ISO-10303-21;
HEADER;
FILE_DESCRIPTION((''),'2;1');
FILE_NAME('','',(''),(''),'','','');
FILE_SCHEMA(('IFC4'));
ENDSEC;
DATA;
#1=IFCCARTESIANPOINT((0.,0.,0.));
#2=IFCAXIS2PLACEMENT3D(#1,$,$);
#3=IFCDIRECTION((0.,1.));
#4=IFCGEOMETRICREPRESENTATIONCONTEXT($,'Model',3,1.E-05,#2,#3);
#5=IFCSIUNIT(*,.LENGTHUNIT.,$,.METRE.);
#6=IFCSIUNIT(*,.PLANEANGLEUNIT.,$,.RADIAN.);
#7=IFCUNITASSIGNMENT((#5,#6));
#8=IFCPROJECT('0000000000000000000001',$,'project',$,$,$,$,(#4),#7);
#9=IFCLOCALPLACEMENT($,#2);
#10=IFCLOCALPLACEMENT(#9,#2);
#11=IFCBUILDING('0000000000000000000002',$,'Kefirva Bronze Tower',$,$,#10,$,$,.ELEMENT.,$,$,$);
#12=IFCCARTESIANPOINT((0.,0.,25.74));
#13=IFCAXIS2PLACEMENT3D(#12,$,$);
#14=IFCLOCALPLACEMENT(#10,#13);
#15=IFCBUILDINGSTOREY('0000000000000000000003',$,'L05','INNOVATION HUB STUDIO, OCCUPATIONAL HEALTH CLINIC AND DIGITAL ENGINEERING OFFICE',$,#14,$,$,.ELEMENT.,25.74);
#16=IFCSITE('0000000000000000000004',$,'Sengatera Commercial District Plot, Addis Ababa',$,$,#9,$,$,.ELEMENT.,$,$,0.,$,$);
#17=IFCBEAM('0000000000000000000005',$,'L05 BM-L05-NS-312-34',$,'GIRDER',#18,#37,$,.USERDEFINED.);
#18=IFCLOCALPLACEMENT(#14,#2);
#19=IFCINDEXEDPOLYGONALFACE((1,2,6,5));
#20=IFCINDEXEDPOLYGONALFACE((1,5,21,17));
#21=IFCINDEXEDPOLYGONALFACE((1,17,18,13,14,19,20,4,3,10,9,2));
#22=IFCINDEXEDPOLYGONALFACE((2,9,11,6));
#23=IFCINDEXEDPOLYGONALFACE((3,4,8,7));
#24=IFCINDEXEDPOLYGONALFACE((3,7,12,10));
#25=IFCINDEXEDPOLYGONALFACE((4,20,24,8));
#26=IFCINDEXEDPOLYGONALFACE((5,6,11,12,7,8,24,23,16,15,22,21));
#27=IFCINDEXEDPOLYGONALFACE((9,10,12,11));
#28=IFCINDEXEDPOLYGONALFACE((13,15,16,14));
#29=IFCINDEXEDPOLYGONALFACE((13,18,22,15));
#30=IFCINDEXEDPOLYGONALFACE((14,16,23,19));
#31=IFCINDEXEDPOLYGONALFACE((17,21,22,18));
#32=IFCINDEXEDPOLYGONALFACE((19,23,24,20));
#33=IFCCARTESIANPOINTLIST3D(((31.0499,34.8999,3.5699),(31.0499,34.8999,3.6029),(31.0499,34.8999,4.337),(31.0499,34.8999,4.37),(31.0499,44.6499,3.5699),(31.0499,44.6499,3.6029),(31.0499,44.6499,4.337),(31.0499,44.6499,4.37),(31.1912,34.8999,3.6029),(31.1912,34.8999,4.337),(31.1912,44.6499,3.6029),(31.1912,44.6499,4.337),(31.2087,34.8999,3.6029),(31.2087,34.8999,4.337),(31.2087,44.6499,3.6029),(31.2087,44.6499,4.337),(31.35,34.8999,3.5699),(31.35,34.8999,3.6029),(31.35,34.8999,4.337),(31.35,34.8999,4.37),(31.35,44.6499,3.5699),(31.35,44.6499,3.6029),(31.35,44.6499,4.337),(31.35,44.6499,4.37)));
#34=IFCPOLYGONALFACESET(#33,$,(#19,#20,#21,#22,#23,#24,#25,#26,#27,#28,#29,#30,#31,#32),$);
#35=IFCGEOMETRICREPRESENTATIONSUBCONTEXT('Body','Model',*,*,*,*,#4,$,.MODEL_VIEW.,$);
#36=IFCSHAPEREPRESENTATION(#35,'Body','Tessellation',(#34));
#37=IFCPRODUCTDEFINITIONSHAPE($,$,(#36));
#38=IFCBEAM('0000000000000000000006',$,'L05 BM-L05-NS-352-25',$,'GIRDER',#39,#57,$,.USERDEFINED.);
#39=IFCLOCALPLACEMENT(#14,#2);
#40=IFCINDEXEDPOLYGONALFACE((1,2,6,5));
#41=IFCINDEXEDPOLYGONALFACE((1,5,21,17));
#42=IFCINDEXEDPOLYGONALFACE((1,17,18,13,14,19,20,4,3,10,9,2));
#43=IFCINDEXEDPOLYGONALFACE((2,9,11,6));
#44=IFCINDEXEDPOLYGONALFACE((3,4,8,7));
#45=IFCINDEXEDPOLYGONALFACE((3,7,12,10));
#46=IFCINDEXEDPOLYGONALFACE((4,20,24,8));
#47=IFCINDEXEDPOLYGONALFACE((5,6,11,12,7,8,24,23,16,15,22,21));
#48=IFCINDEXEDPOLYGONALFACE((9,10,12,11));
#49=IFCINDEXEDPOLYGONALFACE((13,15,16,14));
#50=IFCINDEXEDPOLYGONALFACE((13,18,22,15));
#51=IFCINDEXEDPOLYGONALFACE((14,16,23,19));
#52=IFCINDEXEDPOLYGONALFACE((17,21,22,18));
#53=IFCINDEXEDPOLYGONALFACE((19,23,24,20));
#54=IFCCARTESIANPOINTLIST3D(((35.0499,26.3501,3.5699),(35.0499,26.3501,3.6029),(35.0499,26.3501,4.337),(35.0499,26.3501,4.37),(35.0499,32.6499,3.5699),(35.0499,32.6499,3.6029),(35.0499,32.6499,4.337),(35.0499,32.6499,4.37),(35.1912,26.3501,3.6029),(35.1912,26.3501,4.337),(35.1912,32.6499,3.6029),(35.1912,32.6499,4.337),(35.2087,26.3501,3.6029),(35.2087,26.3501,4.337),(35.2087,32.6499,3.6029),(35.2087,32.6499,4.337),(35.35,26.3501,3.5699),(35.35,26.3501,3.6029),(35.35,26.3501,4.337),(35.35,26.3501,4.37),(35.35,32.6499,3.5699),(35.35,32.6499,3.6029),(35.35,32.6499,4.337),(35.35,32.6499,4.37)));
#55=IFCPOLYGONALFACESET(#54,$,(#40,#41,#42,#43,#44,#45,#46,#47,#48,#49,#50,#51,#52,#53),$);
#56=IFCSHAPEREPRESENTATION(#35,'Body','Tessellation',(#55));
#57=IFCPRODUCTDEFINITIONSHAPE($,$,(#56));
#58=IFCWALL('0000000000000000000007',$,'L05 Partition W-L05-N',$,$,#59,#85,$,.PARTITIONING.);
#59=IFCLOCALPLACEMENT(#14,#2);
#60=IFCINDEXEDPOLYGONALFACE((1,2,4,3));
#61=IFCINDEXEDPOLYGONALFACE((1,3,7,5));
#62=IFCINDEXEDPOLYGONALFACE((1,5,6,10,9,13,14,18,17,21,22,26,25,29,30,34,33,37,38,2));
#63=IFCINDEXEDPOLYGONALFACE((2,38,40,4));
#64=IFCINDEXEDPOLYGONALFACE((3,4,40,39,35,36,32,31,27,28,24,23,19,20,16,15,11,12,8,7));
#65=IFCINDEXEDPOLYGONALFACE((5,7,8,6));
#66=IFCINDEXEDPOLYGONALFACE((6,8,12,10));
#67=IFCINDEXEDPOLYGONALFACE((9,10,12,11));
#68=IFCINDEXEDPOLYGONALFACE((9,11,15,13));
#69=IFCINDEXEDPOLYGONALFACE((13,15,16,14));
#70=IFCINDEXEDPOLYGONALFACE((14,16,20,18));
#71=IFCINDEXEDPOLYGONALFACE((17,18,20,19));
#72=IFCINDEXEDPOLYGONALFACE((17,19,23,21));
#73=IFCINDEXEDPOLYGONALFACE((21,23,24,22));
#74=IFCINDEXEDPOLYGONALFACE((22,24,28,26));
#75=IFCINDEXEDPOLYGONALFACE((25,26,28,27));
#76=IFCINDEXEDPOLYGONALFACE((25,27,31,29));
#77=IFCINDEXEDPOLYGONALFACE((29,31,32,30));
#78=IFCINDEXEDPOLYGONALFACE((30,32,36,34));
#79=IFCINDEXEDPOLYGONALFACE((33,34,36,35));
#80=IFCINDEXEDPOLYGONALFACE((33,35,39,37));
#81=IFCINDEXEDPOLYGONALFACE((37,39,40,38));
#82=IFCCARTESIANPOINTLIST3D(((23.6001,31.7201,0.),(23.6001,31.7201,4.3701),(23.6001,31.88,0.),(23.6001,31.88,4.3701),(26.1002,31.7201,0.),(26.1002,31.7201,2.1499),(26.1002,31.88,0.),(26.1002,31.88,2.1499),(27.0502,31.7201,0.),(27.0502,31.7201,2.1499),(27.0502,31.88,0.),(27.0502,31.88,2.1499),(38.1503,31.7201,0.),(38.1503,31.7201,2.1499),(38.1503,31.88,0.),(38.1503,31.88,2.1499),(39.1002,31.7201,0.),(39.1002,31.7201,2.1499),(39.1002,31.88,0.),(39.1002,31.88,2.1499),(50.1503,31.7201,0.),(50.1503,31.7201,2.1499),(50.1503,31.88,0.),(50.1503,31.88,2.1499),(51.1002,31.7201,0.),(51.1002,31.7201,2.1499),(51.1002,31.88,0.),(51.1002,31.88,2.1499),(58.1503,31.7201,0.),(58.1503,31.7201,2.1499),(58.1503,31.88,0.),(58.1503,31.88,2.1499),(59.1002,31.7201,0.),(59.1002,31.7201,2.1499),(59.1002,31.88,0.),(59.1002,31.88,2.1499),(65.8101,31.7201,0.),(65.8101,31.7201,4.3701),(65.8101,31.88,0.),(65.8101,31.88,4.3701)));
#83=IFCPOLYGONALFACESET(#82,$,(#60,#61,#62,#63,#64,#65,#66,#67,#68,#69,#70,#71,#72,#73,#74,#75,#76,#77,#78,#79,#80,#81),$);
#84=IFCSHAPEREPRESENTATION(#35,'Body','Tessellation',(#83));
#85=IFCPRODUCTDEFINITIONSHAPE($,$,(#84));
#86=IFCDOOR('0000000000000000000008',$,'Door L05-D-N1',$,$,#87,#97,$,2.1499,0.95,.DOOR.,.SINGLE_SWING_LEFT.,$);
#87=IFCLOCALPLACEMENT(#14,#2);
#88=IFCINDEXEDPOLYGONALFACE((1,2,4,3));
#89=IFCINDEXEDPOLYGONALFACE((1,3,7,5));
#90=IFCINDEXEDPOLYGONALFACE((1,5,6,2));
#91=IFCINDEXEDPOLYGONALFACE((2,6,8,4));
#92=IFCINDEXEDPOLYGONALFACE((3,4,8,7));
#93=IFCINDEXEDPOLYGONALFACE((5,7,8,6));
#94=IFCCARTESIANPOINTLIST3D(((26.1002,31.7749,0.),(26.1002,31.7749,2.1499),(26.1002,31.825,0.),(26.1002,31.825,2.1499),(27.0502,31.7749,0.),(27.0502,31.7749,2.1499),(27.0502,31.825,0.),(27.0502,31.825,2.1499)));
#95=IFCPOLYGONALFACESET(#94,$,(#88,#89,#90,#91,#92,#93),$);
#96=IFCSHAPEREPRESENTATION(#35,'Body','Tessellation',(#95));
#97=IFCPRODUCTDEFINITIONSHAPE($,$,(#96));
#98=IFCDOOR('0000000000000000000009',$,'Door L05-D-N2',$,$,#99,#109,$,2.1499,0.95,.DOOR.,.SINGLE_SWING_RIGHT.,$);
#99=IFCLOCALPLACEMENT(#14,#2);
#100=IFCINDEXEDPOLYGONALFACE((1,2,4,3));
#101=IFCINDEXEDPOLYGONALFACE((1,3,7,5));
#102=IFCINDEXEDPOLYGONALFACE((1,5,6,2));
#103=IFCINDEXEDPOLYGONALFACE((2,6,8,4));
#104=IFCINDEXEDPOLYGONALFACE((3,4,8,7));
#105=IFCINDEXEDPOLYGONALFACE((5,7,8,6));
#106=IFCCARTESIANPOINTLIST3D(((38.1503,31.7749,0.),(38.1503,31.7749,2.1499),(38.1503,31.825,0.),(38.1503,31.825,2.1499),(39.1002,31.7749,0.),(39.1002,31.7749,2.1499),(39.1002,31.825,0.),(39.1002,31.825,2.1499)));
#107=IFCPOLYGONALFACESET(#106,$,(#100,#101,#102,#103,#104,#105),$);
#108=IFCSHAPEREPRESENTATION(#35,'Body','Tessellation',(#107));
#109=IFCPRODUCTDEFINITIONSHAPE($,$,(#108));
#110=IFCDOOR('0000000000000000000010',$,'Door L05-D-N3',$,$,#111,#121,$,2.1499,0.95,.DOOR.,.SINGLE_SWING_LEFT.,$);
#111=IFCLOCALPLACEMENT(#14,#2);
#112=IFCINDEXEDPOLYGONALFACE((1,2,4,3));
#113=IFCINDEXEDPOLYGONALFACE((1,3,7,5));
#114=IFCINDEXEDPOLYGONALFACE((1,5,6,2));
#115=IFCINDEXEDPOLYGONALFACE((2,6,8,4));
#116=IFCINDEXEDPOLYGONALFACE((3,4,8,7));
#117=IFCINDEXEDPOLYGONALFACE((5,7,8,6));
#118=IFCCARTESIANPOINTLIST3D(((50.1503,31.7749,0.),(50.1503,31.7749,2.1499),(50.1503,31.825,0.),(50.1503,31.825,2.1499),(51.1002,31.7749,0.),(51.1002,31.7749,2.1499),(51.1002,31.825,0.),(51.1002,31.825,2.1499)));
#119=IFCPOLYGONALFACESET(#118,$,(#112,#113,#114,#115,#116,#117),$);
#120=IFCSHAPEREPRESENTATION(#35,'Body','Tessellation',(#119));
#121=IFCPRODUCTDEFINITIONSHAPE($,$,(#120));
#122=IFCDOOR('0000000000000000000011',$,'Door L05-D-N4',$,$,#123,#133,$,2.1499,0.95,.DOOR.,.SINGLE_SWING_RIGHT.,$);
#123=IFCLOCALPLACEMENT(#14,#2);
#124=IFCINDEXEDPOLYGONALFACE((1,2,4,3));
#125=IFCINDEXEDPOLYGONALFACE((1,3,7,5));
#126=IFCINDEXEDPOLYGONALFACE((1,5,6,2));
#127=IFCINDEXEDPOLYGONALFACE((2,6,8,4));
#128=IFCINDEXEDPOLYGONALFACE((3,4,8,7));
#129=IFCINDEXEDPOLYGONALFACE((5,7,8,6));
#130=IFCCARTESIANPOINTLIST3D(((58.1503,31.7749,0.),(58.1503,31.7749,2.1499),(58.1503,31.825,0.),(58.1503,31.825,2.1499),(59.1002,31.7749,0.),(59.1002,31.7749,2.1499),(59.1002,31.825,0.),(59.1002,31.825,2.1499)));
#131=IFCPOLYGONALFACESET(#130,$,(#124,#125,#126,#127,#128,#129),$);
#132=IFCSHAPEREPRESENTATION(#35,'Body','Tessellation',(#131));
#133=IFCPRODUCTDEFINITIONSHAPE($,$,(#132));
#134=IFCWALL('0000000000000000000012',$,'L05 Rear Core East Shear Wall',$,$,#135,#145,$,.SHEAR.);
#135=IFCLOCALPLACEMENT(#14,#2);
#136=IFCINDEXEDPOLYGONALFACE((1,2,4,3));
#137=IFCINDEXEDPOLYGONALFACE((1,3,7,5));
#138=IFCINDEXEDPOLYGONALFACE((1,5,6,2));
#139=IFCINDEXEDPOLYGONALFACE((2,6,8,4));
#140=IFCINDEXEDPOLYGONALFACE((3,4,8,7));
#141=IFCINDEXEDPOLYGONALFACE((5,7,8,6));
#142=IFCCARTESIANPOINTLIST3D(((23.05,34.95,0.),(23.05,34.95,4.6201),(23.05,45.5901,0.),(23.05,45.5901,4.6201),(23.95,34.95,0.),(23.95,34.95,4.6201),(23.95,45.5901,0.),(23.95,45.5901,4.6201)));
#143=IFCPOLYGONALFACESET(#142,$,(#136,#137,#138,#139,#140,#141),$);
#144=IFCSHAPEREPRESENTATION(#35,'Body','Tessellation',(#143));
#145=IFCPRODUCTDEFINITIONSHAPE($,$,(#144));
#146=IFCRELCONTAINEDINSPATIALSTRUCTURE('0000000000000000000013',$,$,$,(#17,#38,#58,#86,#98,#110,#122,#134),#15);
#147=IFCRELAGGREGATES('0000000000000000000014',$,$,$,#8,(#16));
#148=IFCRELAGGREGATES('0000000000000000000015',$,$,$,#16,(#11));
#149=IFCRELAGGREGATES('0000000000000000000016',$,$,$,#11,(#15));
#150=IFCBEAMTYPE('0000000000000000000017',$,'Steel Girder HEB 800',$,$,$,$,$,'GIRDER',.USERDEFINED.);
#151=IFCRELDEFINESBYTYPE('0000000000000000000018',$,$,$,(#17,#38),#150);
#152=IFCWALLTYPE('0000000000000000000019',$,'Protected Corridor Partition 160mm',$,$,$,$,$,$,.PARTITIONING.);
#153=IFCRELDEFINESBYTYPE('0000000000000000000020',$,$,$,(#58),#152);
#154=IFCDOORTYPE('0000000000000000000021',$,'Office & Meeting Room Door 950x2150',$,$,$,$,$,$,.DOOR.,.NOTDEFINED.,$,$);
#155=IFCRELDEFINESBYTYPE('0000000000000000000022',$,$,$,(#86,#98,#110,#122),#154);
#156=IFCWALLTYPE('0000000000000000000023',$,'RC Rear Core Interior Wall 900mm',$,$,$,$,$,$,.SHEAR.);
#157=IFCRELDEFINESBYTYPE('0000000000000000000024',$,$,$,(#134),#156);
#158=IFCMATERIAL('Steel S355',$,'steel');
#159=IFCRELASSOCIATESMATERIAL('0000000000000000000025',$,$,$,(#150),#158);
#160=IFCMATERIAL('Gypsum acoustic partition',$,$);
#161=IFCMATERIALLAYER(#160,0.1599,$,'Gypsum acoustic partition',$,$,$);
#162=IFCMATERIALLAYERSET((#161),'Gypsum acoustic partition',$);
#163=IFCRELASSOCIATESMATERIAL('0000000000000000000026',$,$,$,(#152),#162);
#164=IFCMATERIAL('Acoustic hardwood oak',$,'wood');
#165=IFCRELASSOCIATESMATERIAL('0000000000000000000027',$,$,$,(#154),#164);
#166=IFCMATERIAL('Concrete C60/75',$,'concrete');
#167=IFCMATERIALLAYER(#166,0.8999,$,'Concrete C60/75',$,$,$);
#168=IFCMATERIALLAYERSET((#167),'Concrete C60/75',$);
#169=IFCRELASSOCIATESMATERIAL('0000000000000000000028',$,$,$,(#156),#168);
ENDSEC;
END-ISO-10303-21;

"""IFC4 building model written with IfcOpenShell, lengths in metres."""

from ifc_helpers import new_model, si_unit, direction, frame, frame_2d, origin, origin_2d, place, context, subcontext, project, spatial, rectangle, i_section, extrude, material, layer, layer_set, material_profile, profile_set, type_object, element, fill, save


model = new_model("IFC4")

# Units and contexts
model_context = context("Model", 3, precision=1e-05, world=origin(), true_north=direction((0.0, 1.0)))
body_context = subcontext(model_context, "Body", "Model", "MODEL_VIEW")
ifc_project = project(units=[si_unit("LENGTHUNIT", "METRE"), si_unit("PLANEANGLEUNIT", "RADIAN")], contexts=[model_context])

# Site, building, storey
site_placement = place(None, origin())
site = spatial("IfcSite", under=ifc_project, at=site_placement, Name="Sengatera Commercial District Plot, Addis Ababa", CompositionType="ELEMENT", RefElevation=0.0)
building_placement = place(site_placement, origin())
building = spatial("IfcBuilding", under=site, at=building_placement, Name="Kefirva Bronze Tower", CompositionType="ELEMENT")
storey_placement = place(building_placement, frame((0.0, 0.0, 25.74)))
storey = spatial("IfcBuildingStorey", under=building, at=storey_placement, Name="L05", Description="INNOVATION HUB STUDIO, OCCUPATIONAL HEALTH CLINIC AND DIGITAL ENGINEERING OFFICE", CompositionType="ELEMENT", Elevation=25.74)

# Shared definitions
ifc_material_1 = material(Name="Concrete C60/75", Category="concrete")

# Beams
ifc_material_2 = material(Name="Steel S355", Category="steel")
ifc_material_profile_1 = material_profile(ifc_material_2, i_section(OverallWidth=0.3, OverallDepth=0.8, WebThickness=0.0176, FlangeThickness=0.033, at=origin_2d()), Name="HEB 800")
ifc_profile_set_1 = profile_set([ifc_material_profile_1], Name="Steel S355")
beam_type_1 = type_object("IfcBeamType", Name="Steel Girder HEB 800", ElementType="GIRDER", PredefinedType="USERDEFINED", material=ifc_profile_set_1)
beam_1_placement = place(storey_placement, frame((31.2, 34.8999, 3.97), z_axis=(0.0, 1.0, 0.0), x_axis=(-1.0, 0.0, 0.0)))
element("IfcBeam", 1, at=beam_1_placement, inside=storey, type_object=beam_type_1, Name="L05 BM-L05-NS-312-34", ObjectType="GIRDER", PredefinedType="USERDEFINED", context=body_context, shape_type="SweptSolid", body=[
    extrude(i_section(OverallWidth=0.3, OverallDepth=0.8, WebThickness=0.0176, FlangeThickness=0.033, at=origin_2d()), origin(), (0.0, 0.0, 1.0), 9.75),
])
beam_2_placement = place(storey_placement, frame((35.2, 26.3501, 3.97), z_axis=(0.0, 1.0, 0.0), x_axis=(-1.0, 0.0, 0.0)))
element("IfcBeam", 2, at=beam_2_placement, inside=storey, type_object=beam_type_1, Name="L05 BM-L05-NS-352-25", ObjectType="GIRDER", PredefinedType="USERDEFINED", context=body_context, shape_type="SweptSolid", body=[
    extrude(i_section(OverallWidth=0.3, OverallDepth=0.8, WebThickness=0.0176, FlangeThickness=0.033, at=origin_2d()), origin(), (0.0, 0.0, 1.0), 6.2998),
])

# Wall, openings, doors
ifc_material_3 = material(Name="Gypsum acoustic partition")
ifc_layer_1 = layer(ifc_material_3, 0.1599, Name="Gypsum acoustic partition")
ifc_layer_set_1 = layer_set([ifc_layer_1], Name="Gypsum acoustic partition")
wall_type_1 = type_object("IfcWallType", Name="Protected Corridor Partition 160mm", PredefinedType="PARTITIONING", material=ifc_layer_set_1)
wall_1_placement = place(storey_placement, frame((23.6001, 31.8, 0.0), z_axis=(0.0, 0.0, 1.0), x_axis=(1.0, 0.0, 0.0)))
wall_1 = element("IfcWall", 3, at=wall_1_placement, inside=storey, type_object=wall_type_1, Name="L05 Partition W-L05-N", PredefinedType="PARTITIONING", context=body_context, shape_type="SweptSolid", body=[
    extrude(rectangle(XDim=42.21, YDim=0.1599, at=frame_2d((21.105, 0.0))), origin(), (0.0, 0.0, 1.0), 4.3701),
])
opening_1_placement = place(wall_1_placement, frame((2.5, 0.0, 0.0)))
opening_1 = element("IfcOpeningElement", 4, at=opening_1_placement, cuts=wall_1, PredefinedType="OPENING", context=body_context, shape_type="SweptSolid", body=[
    extrude(rectangle(XDim=0.95, YDim=2.1499, at=frame_2d((0.4751, 1.075))), frame((0.0, 0.0898, 0.0), z_axis=(0.0, -1.0, 0.0), x_axis=(1.0, 0.0, 0.0)), (0.0, 0.0, 1.0), 0.1799),
])
opening_2_placement = place(wall_1_placement, frame((14.55, 0.0, 0.0)))
opening_2 = element("IfcOpeningElement", 5, at=opening_2_placement, cuts=wall_1, PredefinedType="OPENING", context=body_context, shape_type="SweptSolid", body=[
    extrude(rectangle(XDim=0.95, YDim=2.1499, at=frame_2d((0.4751, 1.075))), frame((0.0, 0.0898, 0.0), z_axis=(0.0, -1.0, 0.0), x_axis=(1.0, 0.0, 0.0)), (0.0, 0.0, 1.0), 0.1799),
])
opening_3_placement = place(wall_1_placement, frame((26.55, 0.0, 0.0)))
opening_3 = element("IfcOpeningElement", 6, at=opening_3_placement, cuts=wall_1, PredefinedType="OPENING", context=body_context, shape_type="SweptSolid", body=[
    extrude(rectangle(XDim=0.95, YDim=2.1499, at=frame_2d((0.4751, 1.075))), frame((0.0, 0.0898, 0.0), z_axis=(0.0, -1.0, 0.0), x_axis=(1.0, 0.0, 0.0)), (0.0, 0.0, 1.0), 0.1799),
])
opening_4_placement = place(wall_1_placement, frame((34.55, 0.0, 0.0)))
opening_4 = element("IfcOpeningElement", 7, at=opening_4_placement, cuts=wall_1, PredefinedType="OPENING", context=body_context, shape_type="SweptSolid", body=[
    extrude(rectangle(XDim=0.95, YDim=2.1499, at=frame_2d((0.4751, 1.075))), frame((0.0, 0.0898, 0.0), z_axis=(0.0, -1.0, 0.0), x_axis=(1.0, 0.0, 0.0)), (0.0, 0.0, 1.0), 0.1799),
])
ifc_material_4 = material(Name="Acoustic hardwood oak", Category="wood")
door_type = type_object("IfcDoorType", Name="Office & Meeting Room Door 950x2150", OperationType="NOTDEFINED", PredefinedType="DOOR", material=ifc_material_4)
door_1_placement = place(opening_1_placement, origin())
door_1 = element("IfcDoor", 8, at=door_1_placement, inside=storey, type_object=door_type, Name="Door L05-D-N1", OperationType="SINGLE_SWING_LEFT", OverallHeight=2.1499, OverallWidth=0.95, PredefinedType="DOOR", context=body_context, shape_type="SweptSolid", body=[
    extrude(rectangle(XDim=0.95, YDim=2.1499, at=frame_2d((0.4751, 1.075))), frame((0.0, 0.0249, 0.0), z_axis=(0.0, -1.0, 0.0), x_axis=(1.0, 0.0, 0.0)), (0.0, 0.0, 1.0), 0.05),
])
fill(opening_1, door_1)
door_2_placement = place(opening_2_placement, origin())
door_2 = element("IfcDoor", 9, at=door_2_placement, inside=storey, type_object=door_type, Name="Door L05-D-N2", OperationType="SINGLE_SWING_RIGHT", OverallHeight=2.1499, OverallWidth=0.95, PredefinedType="DOOR", context=body_context, shape_type="SweptSolid", body=[
    extrude(rectangle(XDim=0.95, YDim=2.1499, at=frame_2d((0.4751, 1.075))), frame((0.0, 0.0249, 0.0), z_axis=(0.0, -1.0, 0.0), x_axis=(1.0, 0.0, 0.0)), (0.0, 0.0, 1.0), 0.05),
])
fill(opening_2, door_2)
door_3_placement = place(opening_3_placement, origin())
door_3 = element("IfcDoor", 10, at=door_3_placement, inside=storey, type_object=door_type, Name="Door L05-D-N3", OperationType="SINGLE_SWING_LEFT", OverallHeight=2.1499, OverallWidth=0.95, PredefinedType="DOOR", context=body_context, shape_type="SweptSolid", body=[
    extrude(rectangle(XDim=0.95, YDim=2.1499, at=frame_2d((0.4751, 1.075))), frame((0.0, 0.0249, 0.0), z_axis=(0.0, -1.0, 0.0), x_axis=(1.0, 0.0, 0.0)), (0.0, 0.0, 1.0), 0.05),
])
fill(opening_3, door_3)
door_4_placement = place(opening_4_placement, origin())
door_4 = element("IfcDoor", 11, at=door_4_placement, inside=storey, type_object=door_type, Name="Door L05-D-N4", OperationType="SINGLE_SWING_RIGHT", OverallHeight=2.1499, OverallWidth=0.95, PredefinedType="DOOR", context=body_context, shape_type="SweptSolid", body=[
    extrude(rectangle(XDim=0.95, YDim=2.1499, at=frame_2d((0.4751, 1.075))), frame((0.0, 0.0249, 0.0), z_axis=(0.0, -1.0, 0.0), x_axis=(1.0, 0.0, 0.0)), (0.0, 0.0, 1.0), 0.05),
])
fill(opening_4, door_4)

# Wall
ifc_layer_2 = layer(ifc_material_1, 0.8999, Name="Concrete C60/75")
ifc_layer_set_2 = layer_set([ifc_layer_2], Name="Concrete C60/75")
wall_type_2 = type_object("IfcWallType", Name="RC Rear Core Interior Wall 900mm", PredefinedType="SHEAR", material=ifc_layer_set_2)
wall_2_placement = place(storey_placement, frame((23.5, 34.95, 0.0), z_axis=(0.0, 0.0, 1.0), x_axis=(0.0, 1.0, 0.0)))
element("IfcWall", 12, at=wall_2_placement, inside=storey, type_object=wall_type_2, Name="L05 Rear Core East Shear Wall", PredefinedType="SHEAR", context=body_context, shape_type="SweptSolid", body=[
    extrude(rectangle(XDim=10.6401, YDim=0.8999, at=frame_2d((5.3201, 0.0))), origin(), (0.0, 0.0, 1.0), 4.6201),
])

save(model, "model.ifc")
